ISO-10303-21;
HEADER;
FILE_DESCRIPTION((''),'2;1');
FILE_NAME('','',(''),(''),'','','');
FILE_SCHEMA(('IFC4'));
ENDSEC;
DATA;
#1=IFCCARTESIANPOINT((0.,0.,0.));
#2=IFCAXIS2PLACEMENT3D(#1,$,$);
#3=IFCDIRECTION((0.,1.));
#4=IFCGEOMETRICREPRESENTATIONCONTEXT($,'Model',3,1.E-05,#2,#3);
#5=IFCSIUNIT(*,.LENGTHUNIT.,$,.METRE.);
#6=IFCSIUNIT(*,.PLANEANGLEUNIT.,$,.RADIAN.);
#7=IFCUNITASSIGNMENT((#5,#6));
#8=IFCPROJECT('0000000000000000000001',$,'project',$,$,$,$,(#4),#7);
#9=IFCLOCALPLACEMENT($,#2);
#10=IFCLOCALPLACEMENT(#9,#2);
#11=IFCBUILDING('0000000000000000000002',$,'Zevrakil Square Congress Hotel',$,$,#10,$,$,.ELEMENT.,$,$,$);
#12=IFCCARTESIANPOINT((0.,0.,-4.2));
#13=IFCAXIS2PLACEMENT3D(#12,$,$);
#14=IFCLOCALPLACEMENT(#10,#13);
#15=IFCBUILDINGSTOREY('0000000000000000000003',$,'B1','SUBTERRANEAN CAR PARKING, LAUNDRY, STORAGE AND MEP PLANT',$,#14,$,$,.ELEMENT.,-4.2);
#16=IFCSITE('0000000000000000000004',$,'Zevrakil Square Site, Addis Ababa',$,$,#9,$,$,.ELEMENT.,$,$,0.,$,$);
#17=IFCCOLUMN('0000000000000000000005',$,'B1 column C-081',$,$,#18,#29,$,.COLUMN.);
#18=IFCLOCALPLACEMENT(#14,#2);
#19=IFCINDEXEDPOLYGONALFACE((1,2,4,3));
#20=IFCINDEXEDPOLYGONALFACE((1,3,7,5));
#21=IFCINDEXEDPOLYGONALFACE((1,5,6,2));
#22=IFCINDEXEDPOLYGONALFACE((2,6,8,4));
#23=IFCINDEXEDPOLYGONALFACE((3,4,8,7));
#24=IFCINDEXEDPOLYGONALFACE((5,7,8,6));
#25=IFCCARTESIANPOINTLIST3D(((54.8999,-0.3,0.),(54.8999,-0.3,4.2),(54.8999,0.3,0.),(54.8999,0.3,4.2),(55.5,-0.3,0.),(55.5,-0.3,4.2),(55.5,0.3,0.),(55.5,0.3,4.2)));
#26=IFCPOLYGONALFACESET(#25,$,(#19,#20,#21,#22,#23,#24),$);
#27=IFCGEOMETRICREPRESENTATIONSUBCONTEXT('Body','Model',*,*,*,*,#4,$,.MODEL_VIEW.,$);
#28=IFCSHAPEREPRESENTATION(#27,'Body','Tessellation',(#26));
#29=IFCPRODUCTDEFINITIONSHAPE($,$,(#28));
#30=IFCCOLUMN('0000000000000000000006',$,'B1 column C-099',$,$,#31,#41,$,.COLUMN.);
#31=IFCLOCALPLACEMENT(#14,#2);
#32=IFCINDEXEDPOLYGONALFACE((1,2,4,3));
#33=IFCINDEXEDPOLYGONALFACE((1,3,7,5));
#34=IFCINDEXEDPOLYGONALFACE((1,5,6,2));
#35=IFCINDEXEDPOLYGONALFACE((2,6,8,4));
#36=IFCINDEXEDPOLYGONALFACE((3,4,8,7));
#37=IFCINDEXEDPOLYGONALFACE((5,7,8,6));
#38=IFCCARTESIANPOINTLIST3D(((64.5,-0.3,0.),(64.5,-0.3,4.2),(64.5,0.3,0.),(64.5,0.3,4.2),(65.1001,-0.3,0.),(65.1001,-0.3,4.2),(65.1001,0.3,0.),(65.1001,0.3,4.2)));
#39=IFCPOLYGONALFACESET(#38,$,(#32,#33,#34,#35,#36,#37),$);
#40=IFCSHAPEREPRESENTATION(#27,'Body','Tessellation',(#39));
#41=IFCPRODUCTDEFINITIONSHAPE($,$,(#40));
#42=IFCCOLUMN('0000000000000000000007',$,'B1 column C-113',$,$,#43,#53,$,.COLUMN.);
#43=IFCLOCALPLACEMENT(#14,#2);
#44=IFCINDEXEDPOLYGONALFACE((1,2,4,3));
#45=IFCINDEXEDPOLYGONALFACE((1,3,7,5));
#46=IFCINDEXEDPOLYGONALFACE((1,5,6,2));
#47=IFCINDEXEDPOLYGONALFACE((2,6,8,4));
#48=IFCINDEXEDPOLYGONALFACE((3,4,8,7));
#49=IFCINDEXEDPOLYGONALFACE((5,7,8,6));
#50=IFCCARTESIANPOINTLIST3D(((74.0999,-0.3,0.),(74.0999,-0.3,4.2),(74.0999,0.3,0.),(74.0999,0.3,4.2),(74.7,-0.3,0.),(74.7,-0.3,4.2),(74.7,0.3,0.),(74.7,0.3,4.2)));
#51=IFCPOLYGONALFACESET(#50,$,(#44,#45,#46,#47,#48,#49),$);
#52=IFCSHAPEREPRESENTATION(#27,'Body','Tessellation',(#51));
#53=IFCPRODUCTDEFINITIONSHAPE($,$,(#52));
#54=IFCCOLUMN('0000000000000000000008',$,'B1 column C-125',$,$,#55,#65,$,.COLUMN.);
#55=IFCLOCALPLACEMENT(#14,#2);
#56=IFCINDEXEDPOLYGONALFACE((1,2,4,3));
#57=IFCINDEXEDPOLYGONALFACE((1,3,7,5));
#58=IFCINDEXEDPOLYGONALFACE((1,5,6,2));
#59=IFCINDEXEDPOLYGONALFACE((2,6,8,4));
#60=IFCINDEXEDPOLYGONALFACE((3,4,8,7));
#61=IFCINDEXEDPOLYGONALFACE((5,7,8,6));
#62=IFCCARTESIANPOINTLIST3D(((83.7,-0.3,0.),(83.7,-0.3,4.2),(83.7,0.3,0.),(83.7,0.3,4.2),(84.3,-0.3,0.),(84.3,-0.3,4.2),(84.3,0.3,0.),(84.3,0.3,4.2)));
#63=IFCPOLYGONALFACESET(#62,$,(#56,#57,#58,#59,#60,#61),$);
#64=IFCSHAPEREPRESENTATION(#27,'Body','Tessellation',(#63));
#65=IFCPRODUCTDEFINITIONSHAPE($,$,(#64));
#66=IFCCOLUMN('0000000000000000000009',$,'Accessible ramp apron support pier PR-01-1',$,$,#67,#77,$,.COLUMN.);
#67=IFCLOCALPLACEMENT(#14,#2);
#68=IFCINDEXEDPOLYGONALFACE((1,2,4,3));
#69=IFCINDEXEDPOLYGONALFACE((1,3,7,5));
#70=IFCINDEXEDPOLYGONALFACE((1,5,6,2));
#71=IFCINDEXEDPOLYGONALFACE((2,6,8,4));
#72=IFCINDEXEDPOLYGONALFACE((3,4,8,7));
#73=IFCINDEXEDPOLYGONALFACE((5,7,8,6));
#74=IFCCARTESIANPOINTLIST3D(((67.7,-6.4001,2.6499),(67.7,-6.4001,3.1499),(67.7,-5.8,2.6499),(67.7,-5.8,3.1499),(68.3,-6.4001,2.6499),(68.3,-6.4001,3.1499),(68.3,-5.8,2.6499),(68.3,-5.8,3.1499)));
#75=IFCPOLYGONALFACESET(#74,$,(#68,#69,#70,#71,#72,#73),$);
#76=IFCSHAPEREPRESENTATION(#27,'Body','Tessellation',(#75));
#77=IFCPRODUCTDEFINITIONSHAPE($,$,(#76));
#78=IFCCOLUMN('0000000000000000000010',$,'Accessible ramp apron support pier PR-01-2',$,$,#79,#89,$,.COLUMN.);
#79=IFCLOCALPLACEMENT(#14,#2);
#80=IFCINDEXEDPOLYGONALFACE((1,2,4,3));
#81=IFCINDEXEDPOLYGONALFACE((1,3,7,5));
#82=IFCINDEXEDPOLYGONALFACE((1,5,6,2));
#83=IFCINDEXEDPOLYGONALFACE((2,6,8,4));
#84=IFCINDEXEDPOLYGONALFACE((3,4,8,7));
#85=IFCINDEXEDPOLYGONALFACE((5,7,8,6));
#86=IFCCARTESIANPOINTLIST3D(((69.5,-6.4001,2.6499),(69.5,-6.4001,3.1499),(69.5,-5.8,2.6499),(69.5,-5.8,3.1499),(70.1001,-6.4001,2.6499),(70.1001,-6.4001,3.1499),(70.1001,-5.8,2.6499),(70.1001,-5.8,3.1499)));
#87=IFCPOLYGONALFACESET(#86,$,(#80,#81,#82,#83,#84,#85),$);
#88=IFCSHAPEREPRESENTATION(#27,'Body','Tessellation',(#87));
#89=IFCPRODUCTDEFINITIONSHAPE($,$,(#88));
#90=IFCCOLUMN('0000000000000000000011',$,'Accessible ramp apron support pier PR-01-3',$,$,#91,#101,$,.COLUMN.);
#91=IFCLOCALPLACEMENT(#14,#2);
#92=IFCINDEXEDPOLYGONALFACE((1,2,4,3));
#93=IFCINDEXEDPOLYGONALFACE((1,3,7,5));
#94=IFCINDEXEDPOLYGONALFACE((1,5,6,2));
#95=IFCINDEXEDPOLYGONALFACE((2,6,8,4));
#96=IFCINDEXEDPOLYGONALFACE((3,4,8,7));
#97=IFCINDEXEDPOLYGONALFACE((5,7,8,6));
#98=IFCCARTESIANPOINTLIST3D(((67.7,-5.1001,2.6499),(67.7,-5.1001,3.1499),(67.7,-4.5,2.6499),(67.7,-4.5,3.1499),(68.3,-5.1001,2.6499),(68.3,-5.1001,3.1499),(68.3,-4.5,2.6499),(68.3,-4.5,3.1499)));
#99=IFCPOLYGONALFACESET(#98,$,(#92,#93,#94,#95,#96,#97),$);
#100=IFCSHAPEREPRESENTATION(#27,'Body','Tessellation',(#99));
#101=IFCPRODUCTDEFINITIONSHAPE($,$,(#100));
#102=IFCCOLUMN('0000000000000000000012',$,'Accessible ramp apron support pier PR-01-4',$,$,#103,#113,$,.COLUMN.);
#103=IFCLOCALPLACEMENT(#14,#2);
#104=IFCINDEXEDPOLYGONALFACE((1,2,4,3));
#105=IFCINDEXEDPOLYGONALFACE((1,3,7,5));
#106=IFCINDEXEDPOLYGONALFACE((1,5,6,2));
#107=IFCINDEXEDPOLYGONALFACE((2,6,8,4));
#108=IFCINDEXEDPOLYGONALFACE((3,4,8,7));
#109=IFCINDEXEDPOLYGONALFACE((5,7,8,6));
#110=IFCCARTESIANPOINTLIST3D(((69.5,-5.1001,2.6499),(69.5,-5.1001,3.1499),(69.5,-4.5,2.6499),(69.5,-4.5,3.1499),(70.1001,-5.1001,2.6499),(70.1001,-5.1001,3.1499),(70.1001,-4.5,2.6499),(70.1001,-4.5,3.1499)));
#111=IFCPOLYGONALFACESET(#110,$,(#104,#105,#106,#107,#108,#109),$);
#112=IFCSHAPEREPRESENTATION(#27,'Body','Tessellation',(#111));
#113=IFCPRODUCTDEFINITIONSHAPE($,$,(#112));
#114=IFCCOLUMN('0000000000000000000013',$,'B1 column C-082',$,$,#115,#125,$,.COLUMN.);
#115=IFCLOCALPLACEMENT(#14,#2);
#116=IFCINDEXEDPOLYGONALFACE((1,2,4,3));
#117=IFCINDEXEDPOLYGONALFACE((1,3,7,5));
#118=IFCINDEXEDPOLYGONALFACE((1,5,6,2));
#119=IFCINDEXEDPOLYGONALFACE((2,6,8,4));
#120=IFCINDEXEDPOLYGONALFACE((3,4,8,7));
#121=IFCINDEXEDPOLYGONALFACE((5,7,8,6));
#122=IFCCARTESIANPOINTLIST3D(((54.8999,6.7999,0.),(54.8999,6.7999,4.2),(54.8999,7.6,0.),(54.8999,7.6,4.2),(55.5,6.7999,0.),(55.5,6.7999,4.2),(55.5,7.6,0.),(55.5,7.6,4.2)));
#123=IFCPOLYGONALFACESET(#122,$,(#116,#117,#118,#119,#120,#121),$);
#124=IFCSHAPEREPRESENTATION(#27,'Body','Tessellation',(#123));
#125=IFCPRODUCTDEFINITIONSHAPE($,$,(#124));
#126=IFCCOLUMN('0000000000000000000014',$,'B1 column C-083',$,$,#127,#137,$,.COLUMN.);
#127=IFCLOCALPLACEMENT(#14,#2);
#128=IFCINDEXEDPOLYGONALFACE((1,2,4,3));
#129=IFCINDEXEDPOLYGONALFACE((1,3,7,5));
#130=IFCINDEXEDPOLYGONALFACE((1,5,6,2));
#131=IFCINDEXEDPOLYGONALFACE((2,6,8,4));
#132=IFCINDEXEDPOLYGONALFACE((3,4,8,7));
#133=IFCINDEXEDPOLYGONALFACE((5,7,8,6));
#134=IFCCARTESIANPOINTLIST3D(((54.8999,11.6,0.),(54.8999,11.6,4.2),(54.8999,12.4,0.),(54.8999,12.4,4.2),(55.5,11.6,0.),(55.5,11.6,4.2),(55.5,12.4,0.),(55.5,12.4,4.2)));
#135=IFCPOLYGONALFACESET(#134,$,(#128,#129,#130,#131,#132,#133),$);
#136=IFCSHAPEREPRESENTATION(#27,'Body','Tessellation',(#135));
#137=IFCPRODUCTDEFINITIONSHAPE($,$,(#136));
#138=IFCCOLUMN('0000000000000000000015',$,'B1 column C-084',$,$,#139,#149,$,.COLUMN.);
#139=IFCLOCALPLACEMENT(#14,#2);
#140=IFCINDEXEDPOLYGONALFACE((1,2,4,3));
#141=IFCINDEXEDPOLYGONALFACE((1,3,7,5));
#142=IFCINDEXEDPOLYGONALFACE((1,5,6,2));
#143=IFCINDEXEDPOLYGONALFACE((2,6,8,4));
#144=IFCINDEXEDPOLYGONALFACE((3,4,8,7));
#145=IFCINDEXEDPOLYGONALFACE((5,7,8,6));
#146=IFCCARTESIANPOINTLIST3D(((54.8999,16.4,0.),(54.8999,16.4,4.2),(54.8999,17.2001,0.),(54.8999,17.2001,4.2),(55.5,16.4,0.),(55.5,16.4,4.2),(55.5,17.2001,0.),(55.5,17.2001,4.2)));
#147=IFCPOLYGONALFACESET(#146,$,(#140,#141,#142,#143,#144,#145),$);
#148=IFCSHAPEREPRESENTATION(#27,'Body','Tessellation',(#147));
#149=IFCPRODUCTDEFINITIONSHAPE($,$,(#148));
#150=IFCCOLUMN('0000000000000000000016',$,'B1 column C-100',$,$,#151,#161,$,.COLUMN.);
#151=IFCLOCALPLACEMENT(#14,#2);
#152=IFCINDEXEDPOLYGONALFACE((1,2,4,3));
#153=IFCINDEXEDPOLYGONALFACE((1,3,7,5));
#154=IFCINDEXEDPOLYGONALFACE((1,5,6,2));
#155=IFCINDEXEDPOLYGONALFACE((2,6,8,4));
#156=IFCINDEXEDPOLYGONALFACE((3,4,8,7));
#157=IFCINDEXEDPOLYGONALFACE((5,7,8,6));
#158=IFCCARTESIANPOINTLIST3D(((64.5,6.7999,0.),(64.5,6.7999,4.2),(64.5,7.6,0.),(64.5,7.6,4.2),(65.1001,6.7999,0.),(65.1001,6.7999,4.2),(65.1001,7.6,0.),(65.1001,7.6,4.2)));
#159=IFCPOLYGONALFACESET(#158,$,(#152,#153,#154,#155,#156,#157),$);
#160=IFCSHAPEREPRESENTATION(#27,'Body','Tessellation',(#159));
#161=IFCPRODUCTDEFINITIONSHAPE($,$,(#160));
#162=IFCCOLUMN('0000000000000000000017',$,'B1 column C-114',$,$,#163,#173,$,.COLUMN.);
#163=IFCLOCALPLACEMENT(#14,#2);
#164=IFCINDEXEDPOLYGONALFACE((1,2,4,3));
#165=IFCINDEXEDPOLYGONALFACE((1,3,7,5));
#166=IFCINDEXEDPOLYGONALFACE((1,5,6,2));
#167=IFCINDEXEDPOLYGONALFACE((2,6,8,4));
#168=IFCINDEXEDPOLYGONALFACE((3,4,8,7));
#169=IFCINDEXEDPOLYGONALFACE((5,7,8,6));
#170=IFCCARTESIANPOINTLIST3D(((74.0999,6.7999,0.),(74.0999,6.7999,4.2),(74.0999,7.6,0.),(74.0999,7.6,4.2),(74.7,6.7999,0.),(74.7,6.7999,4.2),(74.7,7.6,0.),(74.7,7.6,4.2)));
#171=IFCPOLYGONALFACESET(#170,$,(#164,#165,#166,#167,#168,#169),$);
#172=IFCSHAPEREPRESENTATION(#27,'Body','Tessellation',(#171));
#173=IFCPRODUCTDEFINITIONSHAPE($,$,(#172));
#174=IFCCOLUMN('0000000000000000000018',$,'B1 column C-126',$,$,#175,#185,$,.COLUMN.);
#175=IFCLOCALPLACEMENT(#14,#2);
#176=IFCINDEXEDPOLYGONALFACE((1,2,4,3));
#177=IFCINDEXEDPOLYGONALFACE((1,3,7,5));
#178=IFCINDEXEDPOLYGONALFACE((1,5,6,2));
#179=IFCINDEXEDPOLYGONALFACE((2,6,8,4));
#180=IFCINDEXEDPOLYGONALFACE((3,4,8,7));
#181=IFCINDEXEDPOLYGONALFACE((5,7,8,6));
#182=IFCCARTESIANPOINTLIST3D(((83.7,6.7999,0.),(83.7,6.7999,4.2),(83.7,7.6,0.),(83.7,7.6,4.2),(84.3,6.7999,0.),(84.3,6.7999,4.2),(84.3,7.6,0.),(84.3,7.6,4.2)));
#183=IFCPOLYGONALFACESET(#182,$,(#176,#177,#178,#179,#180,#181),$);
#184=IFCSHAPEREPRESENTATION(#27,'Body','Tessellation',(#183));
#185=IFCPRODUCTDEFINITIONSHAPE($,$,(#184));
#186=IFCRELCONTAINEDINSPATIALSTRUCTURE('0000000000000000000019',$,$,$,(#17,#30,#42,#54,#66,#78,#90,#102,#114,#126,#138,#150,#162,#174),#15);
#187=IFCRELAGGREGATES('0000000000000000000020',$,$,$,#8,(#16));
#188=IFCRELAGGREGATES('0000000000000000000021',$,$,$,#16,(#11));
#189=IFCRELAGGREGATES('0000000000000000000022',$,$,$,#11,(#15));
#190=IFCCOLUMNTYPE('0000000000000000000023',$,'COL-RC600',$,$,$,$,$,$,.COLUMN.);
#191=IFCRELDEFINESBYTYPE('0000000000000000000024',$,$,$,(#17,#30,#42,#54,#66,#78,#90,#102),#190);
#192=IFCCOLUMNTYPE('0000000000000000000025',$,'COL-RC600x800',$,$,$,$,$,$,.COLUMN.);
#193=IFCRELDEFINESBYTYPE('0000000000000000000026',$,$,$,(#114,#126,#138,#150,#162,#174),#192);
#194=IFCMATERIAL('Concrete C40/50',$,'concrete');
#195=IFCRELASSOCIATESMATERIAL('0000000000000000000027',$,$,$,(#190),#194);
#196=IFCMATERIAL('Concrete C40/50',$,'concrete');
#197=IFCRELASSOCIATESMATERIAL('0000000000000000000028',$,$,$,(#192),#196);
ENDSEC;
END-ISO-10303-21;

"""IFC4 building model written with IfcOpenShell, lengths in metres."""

from ifc_helpers import new_model, si_unit, direction, frame, origin, origin_2d, place, context, subcontext, project, spatial, rectangle, extrude, material, material_profile, profile_set, type_object, element, save


model = new_model("IFC4")

# Units and contexts
model_context = context("Model", 3, precision=1e-05, world=origin(), true_north=direction((0.0, 1.0)))
body_context = subcontext(model_context, "Body", "Model", "MODEL_VIEW")
ifc_project = project(units=[si_unit("LENGTHUNIT", "METRE"), si_unit("PLANEANGLEUNIT", "RADIAN")], contexts=[model_context])

# Site, building, storey
site_placement = place(None, origin())
site = spatial("IfcSite", under=ifc_project, at=site_placement, Name="Zevrakil Square Site, Addis Ababa", CompositionType="ELEMENT", RefElevation=0.0)
building_placement = place(site_placement, origin())
building = spatial("IfcBuilding", under=site, at=building_placement, Name="Zevrakil Square Congress Hotel", CompositionType="ELEMENT")
storey_placement = place(building_placement, frame((0.0, 0.0, -4.2)))
storey = spatial("IfcBuildingStorey", under=building, at=storey_placement, Name="B1", Description="SUBTERRANEAN CAR PARKING, LAUNDRY, STORAGE AND MEP PLANT", CompositionType="ELEMENT", Elevation=-4.2)

# Columns
ifc_material_1 = material(Name="Concrete C40/50", Category="concrete")
ifc_material_profile_1 = material_profile(ifc_material_1, rectangle(XDim=0.6001, YDim=0.6001, at=origin_2d()), Name="RC 600x600")
ifc_profile_set_1 = profile_set([ifc_material_profile_1], Name="Concrete C40/50")
column_type_1 = type_object("IfcColumnType", Name="COL-RC600", PredefinedType="COLUMN", material=ifc_profile_set_1)
for number, where, z_axis, x_axis, name in (
    (1, (55.2, 0.0, 0.0), (0.0, 0.0, 1.0), (1.0, 0.0, 0.0), "B1 column C-081"),
    (2, (64.8, 0.0, 0.0), (0.0, 0.0, 1.0), (1.0, 0.0, 0.0), "B1 column C-099"),
    (3, (74.3999, 0.0, 0.0), (0.0, 0.0, 1.0), (1.0, 0.0, 0.0), "B1 column C-113"),
    (4, (84.0, 0.0, 0.0), (0.0, 0.0, 1.0), (1.0, 0.0, 0.0), "B1 column C-125"),
):
    element("IfcColumn", number, at=place(storey_placement, frame(where, z_axis=z_axis, x_axis=x_axis)), inside=storey, type_object=column_type_1, Name=name, PredefinedType="COLUMN", context=body_context, shape_type="SweptSolid", body=[
        extrude(rectangle(XDim=0.6001, YDim=0.6001, at=origin_2d()), origin(), (0.0, 0.0, 1.0), 4.2),
    ])
for number, where, z_axis, x_axis, name in (
    (5, (68.0, -6.1001, 2.6499), (0.0, 0.0, 1.0), (1.0, 0.0, 0.0), "Accessible ramp apron support pier PR-01-1"),
    (6, (69.8, -6.1001, 2.6499), (0.0, 0.0, 1.0), (1.0, 0.0, 0.0), "Accessible ramp apron support pier PR-01-2"),
    (7, (68.0, -4.8, 2.6499), (0.0, 0.0, 1.0), (1.0, 0.0, 0.0), "Accessible ramp apron support pier PR-01-3"),
    (8, (69.8, -4.8, 2.6499), (0.0, 0.0, 1.0), (1.0, 0.0, 0.0), "Accessible ramp apron support pier PR-01-4"),
):
    element("IfcColumn", number, at=place(storey_placement, frame(where, z_axis=z_axis, x_axis=x_axis)), inside=storey, type_object=column_type_1, Name=name, PredefinedType="COLUMN", context=body_context, shape_type="SweptSolid", body=[
        extrude(rectangle(XDim=0.6001, YDim=0.6001, at=origin_2d()), origin(), (0.0, 0.0, 1.0), 0.5),
    ])
ifc_material_2 = material(Name="Concrete C40/50", Category="concrete")
ifc_material_profile_2 = material_profile(ifc_material_2, rectangle(XDim=0.6001, YDim=0.8, at=origin_2d()), Name="RC 600x800")
ifc_profile_set_2 = profile_set([ifc_material_profile_2], Name="Concrete C40/50")
column_type_2 = type_object("IfcColumnType", Name="COL-RC600x800", PredefinedType="COLUMN", material=ifc_profile_set_2)
for number, where, z_axis, x_axis, name in (
    (9, (55.2, 7.2, 0.0), (0.0, 0.0, 1.0), (1.0, 0.0, 0.0), "B1 column C-082"),
    (10, (55.2, 12.0, 0.0), (0.0, 0.0, 1.0), (1.0, 0.0, 0.0), "B1 column C-083"),
    (11, (55.2, 16.8, 0.0), (0.0, 0.0, 1.0), (1.0, 0.0, 0.0), "B1 column C-084"),
    (12, (64.8, 7.2, 0.0), (0.0, 0.0, 1.0), (1.0, 0.0, 0.0), "B1 column C-100"),
    (13, (74.3999, 7.2, 0.0), (0.0, 0.0, 1.0), (1.0, 0.0, 0.0), "B1 column C-114"),
    (14, (84.0, 7.2, 0.0), (0.0, 0.0, 1.0), (1.0, 0.0, 0.0), "B1 column C-126"),
):
    element("IfcColumn", number, at=place(storey_placement, frame(where, z_axis=z_axis, x_axis=x_axis)), inside=storey, type_object=column_type_2, Name=name, PredefinedType="COLUMN", context=body_context, shape_type="SweptSolid", body=[
        extrude(rectangle(XDim=0.6001, YDim=0.8, at=origin_2d()), origin(), (0.0, 0.0, 1.0), 4.2),
    ])

save(model, "model.ifc")
